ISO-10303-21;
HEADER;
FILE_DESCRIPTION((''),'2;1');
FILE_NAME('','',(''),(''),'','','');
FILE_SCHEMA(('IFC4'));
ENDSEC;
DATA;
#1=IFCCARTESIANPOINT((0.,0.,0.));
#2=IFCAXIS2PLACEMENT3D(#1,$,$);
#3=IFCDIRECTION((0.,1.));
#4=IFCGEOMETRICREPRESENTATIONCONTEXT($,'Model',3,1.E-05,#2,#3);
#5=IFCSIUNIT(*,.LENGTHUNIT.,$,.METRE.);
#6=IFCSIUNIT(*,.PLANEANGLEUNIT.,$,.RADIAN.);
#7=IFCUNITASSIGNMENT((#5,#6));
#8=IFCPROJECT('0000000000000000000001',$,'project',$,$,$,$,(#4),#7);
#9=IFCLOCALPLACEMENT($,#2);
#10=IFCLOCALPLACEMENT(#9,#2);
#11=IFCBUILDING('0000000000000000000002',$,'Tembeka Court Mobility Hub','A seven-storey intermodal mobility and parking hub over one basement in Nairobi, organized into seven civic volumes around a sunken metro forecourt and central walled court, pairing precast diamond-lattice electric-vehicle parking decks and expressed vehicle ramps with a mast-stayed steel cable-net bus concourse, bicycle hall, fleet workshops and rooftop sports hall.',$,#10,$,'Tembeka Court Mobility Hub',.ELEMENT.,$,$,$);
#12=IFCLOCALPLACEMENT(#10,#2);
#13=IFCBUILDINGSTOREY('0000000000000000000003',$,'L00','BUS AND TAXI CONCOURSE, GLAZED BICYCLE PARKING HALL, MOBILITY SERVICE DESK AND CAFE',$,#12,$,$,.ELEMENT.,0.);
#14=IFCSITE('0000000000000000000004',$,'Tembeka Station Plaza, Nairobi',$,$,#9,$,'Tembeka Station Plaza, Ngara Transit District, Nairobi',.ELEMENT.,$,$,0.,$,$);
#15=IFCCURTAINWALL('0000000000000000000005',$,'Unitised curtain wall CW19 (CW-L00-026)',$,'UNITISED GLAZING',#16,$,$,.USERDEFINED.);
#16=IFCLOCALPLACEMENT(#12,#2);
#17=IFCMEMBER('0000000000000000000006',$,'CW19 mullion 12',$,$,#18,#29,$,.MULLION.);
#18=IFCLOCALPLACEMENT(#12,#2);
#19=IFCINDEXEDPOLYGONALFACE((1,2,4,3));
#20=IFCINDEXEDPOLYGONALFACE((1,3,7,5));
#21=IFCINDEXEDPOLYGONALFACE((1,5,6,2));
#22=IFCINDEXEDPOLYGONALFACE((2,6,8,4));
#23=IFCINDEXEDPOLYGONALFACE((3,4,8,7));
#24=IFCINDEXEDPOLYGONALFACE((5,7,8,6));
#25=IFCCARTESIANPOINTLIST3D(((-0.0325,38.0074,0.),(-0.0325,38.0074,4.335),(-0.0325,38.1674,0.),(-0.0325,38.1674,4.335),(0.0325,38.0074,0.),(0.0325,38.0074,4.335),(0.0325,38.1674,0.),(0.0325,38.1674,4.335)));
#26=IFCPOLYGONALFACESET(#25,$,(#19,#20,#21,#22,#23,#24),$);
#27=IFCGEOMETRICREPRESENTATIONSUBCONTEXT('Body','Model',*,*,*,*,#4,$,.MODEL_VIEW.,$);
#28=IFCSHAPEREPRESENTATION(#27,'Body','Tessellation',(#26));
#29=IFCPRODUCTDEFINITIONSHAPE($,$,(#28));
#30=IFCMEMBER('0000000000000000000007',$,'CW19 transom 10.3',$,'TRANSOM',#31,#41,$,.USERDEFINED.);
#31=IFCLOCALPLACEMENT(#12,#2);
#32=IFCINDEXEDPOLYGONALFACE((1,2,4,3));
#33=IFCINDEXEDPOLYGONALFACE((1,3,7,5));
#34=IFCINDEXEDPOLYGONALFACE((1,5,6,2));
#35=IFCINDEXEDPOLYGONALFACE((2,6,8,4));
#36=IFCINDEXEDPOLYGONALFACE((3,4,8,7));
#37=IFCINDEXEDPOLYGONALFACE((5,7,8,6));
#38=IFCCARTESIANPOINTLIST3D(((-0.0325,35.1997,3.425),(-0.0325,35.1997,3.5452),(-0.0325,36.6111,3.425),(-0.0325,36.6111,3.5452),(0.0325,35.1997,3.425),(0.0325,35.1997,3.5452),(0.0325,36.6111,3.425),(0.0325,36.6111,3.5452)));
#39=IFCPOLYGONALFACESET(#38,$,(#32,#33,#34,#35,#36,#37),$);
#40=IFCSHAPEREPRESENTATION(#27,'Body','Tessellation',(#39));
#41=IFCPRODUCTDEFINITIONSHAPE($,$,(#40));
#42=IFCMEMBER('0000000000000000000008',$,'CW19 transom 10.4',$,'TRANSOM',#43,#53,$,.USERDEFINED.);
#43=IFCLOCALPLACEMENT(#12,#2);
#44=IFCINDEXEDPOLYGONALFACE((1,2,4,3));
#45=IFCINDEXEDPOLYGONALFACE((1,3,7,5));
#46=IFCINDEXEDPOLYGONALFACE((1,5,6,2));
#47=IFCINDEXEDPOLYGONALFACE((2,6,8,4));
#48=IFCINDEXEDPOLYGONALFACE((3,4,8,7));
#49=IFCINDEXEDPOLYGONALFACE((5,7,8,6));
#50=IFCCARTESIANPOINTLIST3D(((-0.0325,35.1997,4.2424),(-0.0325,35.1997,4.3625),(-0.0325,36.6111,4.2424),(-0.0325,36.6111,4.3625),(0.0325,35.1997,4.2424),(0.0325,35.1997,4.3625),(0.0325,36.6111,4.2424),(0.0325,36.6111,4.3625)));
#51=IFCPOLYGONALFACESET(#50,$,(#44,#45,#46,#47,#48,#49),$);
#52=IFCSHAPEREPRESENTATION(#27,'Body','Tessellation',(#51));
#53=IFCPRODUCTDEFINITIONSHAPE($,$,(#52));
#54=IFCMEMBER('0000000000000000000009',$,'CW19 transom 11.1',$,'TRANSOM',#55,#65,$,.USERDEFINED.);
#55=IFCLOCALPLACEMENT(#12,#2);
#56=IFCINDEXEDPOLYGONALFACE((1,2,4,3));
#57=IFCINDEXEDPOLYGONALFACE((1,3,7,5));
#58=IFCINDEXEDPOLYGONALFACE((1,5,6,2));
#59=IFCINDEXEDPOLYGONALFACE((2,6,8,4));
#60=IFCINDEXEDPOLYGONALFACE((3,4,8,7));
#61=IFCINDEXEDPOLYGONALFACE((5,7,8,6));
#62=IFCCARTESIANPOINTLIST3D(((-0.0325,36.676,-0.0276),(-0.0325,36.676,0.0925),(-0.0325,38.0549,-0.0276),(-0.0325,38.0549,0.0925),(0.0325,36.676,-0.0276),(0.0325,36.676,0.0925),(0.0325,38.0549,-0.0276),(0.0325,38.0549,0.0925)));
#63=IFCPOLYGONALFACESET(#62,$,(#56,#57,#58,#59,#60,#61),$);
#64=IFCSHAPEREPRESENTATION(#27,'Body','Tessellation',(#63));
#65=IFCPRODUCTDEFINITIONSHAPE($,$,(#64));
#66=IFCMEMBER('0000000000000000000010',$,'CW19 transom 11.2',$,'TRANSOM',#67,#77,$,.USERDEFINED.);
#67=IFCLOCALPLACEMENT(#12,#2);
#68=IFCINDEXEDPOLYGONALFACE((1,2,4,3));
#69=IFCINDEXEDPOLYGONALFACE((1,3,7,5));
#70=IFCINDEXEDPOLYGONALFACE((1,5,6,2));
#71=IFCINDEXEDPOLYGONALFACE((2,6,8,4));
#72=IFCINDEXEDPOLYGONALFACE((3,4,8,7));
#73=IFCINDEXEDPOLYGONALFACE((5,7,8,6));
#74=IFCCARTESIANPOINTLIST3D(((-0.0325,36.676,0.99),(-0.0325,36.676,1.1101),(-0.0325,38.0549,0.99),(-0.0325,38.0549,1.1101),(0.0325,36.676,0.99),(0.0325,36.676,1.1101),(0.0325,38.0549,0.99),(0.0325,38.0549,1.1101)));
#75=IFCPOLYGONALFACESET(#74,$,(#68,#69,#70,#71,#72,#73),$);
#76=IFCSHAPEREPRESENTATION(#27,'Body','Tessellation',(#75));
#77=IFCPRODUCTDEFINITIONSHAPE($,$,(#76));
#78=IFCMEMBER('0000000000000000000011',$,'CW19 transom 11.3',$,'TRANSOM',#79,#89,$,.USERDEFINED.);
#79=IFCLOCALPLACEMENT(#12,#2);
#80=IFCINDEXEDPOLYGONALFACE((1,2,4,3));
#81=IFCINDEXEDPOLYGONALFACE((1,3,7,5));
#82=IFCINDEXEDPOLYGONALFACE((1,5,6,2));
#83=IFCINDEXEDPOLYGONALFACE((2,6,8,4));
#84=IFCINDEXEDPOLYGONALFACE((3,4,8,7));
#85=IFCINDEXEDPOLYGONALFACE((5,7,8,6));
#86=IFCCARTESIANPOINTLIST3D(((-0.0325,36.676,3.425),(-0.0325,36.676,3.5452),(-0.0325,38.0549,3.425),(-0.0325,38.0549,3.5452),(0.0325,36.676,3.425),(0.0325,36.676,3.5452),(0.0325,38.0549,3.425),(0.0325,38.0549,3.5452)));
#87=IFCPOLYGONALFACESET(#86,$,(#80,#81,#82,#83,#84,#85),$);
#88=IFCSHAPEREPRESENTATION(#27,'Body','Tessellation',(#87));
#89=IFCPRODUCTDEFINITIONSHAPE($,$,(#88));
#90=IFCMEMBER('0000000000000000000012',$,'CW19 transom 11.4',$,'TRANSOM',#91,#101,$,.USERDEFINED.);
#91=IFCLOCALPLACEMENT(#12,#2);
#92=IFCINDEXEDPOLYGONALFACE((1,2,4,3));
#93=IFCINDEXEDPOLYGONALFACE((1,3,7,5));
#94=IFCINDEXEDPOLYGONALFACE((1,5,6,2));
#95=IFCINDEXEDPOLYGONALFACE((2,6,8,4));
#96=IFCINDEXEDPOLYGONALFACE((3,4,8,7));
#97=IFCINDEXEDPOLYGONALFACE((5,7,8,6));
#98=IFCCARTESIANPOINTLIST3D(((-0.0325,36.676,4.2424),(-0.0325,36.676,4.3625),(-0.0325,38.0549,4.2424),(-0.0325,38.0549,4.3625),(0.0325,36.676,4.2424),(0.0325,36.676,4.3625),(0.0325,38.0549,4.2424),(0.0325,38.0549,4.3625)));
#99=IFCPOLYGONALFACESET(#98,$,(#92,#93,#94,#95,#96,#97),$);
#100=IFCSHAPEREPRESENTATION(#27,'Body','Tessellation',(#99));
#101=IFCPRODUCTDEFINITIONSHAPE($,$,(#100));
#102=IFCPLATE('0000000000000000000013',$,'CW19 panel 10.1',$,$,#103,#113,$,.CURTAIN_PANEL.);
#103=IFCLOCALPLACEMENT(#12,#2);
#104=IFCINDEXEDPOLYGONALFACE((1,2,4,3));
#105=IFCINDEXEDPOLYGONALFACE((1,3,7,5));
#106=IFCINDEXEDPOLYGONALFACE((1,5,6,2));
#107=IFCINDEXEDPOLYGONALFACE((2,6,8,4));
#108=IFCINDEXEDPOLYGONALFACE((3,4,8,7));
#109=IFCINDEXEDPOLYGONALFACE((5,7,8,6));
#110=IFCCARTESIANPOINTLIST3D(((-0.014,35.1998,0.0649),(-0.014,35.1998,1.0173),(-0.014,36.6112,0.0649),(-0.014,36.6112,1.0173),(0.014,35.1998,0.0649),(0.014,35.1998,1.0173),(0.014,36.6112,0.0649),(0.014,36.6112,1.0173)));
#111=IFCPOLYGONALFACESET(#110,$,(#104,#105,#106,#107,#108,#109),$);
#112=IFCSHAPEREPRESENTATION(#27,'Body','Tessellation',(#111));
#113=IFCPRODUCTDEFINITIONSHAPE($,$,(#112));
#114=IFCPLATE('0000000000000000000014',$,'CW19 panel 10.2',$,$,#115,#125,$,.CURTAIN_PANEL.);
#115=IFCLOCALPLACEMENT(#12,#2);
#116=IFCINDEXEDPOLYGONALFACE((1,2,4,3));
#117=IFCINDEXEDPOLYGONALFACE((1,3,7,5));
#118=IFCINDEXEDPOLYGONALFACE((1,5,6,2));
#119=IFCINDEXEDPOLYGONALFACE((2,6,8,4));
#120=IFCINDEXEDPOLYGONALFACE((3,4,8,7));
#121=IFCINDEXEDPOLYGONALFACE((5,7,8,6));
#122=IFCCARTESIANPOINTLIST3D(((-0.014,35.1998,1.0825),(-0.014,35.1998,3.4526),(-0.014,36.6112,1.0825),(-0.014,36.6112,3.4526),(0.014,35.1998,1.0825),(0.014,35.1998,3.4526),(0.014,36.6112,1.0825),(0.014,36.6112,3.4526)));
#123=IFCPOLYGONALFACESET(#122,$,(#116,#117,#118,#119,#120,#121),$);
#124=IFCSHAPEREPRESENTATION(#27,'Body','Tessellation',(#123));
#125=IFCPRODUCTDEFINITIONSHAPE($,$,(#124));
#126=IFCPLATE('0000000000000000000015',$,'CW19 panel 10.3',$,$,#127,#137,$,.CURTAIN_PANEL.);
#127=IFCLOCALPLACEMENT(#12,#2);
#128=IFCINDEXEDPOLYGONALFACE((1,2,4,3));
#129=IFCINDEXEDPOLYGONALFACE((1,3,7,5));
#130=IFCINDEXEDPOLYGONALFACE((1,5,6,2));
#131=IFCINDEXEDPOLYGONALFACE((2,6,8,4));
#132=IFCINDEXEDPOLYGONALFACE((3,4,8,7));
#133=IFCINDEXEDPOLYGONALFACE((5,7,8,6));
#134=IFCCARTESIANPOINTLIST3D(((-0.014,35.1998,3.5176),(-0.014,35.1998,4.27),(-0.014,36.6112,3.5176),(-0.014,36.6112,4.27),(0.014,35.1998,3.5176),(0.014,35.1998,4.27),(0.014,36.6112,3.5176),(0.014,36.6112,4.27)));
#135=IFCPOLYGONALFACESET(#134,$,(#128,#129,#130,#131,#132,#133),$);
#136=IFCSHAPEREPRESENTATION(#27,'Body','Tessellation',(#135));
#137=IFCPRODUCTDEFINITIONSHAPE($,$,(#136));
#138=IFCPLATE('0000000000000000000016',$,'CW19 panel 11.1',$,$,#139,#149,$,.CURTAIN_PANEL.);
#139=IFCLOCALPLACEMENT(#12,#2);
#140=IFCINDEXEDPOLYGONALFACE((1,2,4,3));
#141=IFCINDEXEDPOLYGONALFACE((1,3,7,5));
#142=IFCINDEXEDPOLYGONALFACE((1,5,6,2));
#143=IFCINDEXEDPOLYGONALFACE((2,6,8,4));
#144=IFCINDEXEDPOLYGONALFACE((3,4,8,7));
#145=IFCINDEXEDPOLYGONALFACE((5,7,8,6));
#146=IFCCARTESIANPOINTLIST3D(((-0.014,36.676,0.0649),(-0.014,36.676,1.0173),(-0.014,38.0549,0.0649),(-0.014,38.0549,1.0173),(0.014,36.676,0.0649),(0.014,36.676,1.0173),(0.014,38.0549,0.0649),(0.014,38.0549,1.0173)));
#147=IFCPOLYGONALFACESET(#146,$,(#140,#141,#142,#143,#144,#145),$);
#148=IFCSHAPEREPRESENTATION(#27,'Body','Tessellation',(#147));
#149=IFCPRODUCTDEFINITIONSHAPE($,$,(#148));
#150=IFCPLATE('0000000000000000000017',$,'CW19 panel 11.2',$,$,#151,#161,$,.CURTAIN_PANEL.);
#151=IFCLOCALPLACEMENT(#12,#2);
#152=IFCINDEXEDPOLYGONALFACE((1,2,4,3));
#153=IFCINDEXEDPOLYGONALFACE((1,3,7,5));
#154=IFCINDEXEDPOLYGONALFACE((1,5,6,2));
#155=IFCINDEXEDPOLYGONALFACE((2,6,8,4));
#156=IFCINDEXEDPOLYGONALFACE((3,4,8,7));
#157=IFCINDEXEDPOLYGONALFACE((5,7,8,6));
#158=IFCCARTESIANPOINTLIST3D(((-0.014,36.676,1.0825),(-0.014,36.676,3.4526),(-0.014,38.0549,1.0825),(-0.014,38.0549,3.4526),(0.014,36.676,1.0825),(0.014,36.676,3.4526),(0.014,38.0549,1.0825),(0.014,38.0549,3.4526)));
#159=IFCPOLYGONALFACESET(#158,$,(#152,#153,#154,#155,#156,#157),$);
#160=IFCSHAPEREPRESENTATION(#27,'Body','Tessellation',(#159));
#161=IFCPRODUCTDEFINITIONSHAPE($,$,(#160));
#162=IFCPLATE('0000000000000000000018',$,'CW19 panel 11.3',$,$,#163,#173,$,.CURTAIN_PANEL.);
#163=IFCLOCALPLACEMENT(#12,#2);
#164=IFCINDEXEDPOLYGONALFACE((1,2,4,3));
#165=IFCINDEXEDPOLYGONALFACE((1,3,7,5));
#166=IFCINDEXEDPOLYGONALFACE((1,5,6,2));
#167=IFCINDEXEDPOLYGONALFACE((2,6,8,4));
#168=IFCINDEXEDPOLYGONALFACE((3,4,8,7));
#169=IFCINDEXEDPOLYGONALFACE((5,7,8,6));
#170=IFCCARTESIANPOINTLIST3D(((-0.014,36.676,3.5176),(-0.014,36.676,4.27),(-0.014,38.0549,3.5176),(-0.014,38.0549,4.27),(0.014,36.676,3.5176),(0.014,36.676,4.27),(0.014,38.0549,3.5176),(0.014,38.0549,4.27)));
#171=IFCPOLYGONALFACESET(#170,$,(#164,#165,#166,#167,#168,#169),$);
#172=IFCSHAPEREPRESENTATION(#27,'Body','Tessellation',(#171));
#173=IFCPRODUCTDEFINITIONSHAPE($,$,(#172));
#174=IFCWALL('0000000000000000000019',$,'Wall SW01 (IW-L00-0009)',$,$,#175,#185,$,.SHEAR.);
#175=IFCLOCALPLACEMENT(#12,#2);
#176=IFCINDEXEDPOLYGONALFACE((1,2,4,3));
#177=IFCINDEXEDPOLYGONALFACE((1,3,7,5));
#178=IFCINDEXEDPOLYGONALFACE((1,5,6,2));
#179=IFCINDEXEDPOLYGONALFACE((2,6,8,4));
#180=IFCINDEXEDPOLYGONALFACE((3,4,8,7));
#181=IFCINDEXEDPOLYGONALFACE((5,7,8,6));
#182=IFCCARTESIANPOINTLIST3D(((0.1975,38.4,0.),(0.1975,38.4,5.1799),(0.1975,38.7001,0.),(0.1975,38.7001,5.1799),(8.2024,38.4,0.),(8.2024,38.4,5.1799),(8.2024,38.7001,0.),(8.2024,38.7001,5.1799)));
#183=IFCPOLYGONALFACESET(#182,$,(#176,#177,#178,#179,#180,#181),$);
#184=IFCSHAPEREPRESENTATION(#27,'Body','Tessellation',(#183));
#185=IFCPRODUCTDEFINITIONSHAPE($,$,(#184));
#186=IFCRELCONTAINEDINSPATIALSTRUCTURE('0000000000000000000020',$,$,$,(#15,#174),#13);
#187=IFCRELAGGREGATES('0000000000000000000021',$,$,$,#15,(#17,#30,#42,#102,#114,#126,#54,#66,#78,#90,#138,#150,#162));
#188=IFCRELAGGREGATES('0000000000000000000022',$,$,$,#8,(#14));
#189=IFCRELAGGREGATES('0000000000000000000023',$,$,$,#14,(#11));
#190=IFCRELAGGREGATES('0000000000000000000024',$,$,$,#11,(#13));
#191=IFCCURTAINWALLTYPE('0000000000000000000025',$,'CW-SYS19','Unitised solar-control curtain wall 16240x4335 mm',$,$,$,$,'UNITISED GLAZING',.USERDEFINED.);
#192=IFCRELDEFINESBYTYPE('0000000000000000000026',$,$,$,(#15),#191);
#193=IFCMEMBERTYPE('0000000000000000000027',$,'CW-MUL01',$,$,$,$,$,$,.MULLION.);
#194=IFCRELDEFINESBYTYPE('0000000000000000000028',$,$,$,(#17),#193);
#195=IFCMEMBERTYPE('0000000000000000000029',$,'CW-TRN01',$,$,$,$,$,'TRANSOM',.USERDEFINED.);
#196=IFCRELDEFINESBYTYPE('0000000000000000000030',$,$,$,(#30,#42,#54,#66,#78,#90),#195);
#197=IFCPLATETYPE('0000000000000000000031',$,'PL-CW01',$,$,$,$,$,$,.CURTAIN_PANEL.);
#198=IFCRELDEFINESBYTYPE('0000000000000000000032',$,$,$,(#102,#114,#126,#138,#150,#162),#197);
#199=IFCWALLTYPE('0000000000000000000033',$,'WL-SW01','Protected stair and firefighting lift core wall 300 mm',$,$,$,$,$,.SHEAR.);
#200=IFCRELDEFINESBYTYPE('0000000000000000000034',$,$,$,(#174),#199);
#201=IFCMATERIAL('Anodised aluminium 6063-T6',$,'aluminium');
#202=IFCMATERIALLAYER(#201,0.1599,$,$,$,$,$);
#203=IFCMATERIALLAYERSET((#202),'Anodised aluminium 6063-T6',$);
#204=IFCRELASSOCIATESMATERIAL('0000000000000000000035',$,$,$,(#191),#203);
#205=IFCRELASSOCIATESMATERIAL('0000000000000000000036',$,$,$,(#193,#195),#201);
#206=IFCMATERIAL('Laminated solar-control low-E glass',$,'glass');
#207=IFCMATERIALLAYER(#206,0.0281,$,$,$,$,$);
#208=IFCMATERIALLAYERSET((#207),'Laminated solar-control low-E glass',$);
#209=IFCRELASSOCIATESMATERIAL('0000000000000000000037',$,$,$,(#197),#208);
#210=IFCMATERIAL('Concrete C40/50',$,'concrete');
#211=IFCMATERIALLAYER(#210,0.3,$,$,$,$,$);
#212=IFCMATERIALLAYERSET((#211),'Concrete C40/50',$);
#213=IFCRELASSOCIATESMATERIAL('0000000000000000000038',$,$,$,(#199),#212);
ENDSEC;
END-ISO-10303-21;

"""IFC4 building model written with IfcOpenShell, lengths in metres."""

from ifc_helpers import new_model, si_unit, direction, frame, frame_2d, origin, origin_2d, place, context, subcontext, project, spatial, rectangle, extrude, material, layer, layer_set, material_profile, profile_set, type_object, element, aggregate, save


model = new_model("IFC4")

# Units and contexts
model_context = context("Model", 3, precision=1e-05, world=origin(), true_north=direction((0.0, 1.0)))
body_context = subcontext(model_context, "Body", "Model", "MODEL_VIEW")
ifc_project = project(units=[si_unit("LENGTHUNIT", "METRE"), si_unit("PLANEANGLEUNIT", "RADIAN")], contexts=[model_context])

# Site, building, storey
site_placement = place(None, origin())
site = spatial("IfcSite", under=ifc_project, at=site_placement, Name="Tembeka Station Plaza, Nairobi", LongName="Tembeka Station Plaza, Ngara Transit District, Nairobi", CompositionType="ELEMENT", RefElevation=0.0)
building_placement = place(site_placement, origin())
building = spatial("IfcBuilding", under=site, at=building_placement, Name="Tembeka Court Mobility Hub", Description="A seven-storey intermodal mobility and parking hub over one basement in Nairobi, organized into seven civic volumes around a sunken metro forecourt and central walled court, pairing precast diamond-lattice electric-vehicle parking decks and expressed vehicle ramps with a mast-stayed steel cable-net bus concourse, bicycle hall, fleet workshops and rooftop sports hall.", LongName="Tembeka Court Mobility Hub", CompositionType="ELEMENT")
storey_placement = place(building_placement, origin())
storey = spatial("IfcBuildingStorey", under=building, at=storey_placement, Name="L00", Description="BUS AND TAXI CONCOURSE, GLAZED BICYCLE PARKING HALL, MOBILITY SERVICE DESK AND CAFE", CompositionType="ELEMENT", Elevation=0.0)

# Curtain wall, members, plates
ifc_material_1 = material(Name="Anodised aluminium 6063-T6", Category="aluminium")
ifc_layer_1 = layer(ifc_material_1, 0.1599)
ifc_layer_set_1 = layer_set([ifc_layer_1], Name="Anodised aluminium 6063-T6")
curtain_wall_type = type_object("IfcCurtainWallType", Name="CW-SYS19", Description="Unitised solar-control curtain wall 16240x4335 mm", ElementType="UNITISED GLAZING", PredefinedType="USERDEFINED", material=ifc_layer_set_1)
curtain_wall_placement = place(storey_placement, origin())
curtain_wall = element("IfcCurtainWall", 1, at=curtain_wall_placement, inside=storey, type_object=curtain_wall_type, Name="Unitised curtain wall CW19 (CW-L00-026)", ObjectType="UNITISED GLAZING", PredefinedType="USERDEFINED")
ifc_material_profile_1 = material_profile(ifc_material_1, rectangle(XDim=0.0649, YDim=0.1599, at=origin_2d()), Name="ALU-MUL 65x160")
ifc_profile_set_1 = profile_set([ifc_material_profile_1], Name="Anodised aluminium 6063-T6")
member_type_1 = type_object("IfcMemberType", Name="CW-MUL01", PredefinedType="MULLION", material=ifc_profile_set_1)
member_1_placement = place(storey_placement, frame((0.0, 38.0874, 0.0), z_axis=(0.0, 0.0, 1.0), x_axis=(-1.0, 0.0, 0.0)))
member_1 = element("IfcMember", 2, at=member_1_placement, type_object=member_type_1, Name="CW19 mullion 12", PredefinedType="MULLION", context=body_context, shape_type="SweptSolid", body=[
    extrude(rectangle(XDim=0.0649, YDim=0.1599, at=origin_2d()), origin(), (0.0, 0.0, 1.0), 4.335),
])
ifc_material_profile_2 = material_profile(ifc_material_1, rectangle(XDim=0.0649, YDim=0.1201, at=origin_2d()), Name="ALU-TRN 65x120")
ifc_profile_set_2 = profile_set([ifc_material_profile_2], Name="Anodised aluminium 6063-T6")
member_type_2 = type_object("IfcMemberType", Name="CW-TRN01", ElementType="TRANSOM", PredefinedType="USERDEFINED", material=ifc_profile_set_2)
member_2_placement = place(storey_placement, frame((0.0, 35.1997, 3.4851), z_axis=(0.0, 1.0, 0.0), x_axis=(-1.0, 0.0, 0.0)))
member_2 = element("IfcMember", 3, at=member_2_placement, type_object=member_type_2, Name="CW19 transom 10.3", ObjectType="TRANSOM", PredefinedType="USERDEFINED", context=body_context, shape_type="SweptSolid", body=[
    extrude(rectangle(XDim=0.0649, YDim=0.1201, at=origin_2d()), origin(), (0.0, 0.0, 1.0), 1.4114),
])
member_3_placement = place(storey_placement, frame((0.0, 35.1997, 4.3025), z_axis=(0.0, 1.0, 0.0), x_axis=(-1.0, 0.0, 0.0)))
member_3 = element("IfcMember", 4, at=member_3_placement, type_object=member_type_2, Name="CW19 transom 10.4", ObjectType="TRANSOM", PredefinedType="USERDEFINED", context=body_context, shape_type="SweptSolid", body=[
    extrude(rectangle(XDim=0.0649, YDim=0.1201, at=origin_2d()), origin(), (0.0, 0.0, 1.0), 1.4114),
])
member_4_placement = place(storey_placement, frame((0.0, 36.676, 0.0325), z_axis=(0.0, 1.0, 0.0), x_axis=(-1.0, 0.0, 0.0)))
member_4 = element("IfcMember", 5, at=member_4_placement, type_object=member_type_2, Name="CW19 transom 11.1", ObjectType="TRANSOM", PredefinedType="USERDEFINED", context=body_context, shape_type="SweptSolid", body=[
    extrude(rectangle(XDim=0.0649, YDim=0.1201, at=origin_2d()), origin(), (0.0, 0.0, 1.0), 1.3789),
])
member_5_placement = place(storey_placement, frame((0.0, 36.676, 1.05), z_axis=(0.0, 1.0, 0.0), x_axis=(-1.0, 0.0, 0.0)))
member_5 = element("IfcMember", 6, at=member_5_placement, type_object=member_type_2, Name="CW19 transom 11.2", ObjectType="TRANSOM", PredefinedType="USERDEFINED", context=body_context, shape_type="SweptSolid", body=[
    extrude(rectangle(XDim=0.0649, YDim=0.1201, at=origin_2d()), origin(), (0.0, 0.0, 1.0), 1.3789),
])
member_6_placement = place(storey_placement, frame((0.0, 36.676, 3.4851), z_axis=(0.0, 1.0, 0.0), x_axis=(-1.0, 0.0, 0.0)))
member_6 = element("IfcMember", 7, at=member_6_placement, type_object=member_type_2, Name="CW19 transom 11.3", ObjectType="TRANSOM", PredefinedType="USERDEFINED", context=body_context, shape_type="SweptSolid", body=[
    extrude(rectangle(XDim=0.0649, YDim=0.1201, at=origin_2d()), origin(), (0.0, 0.0, 1.0), 1.3789),
])
member_7_placement = place(storey_placement, frame((0.0, 36.676, 4.3025), z_axis=(0.0, 1.0, 0.0), x_axis=(-1.0, 0.0, 0.0)))
member_7 = element("IfcMember", 8, at=member_7_placement, type_object=member_type_2, Name="CW19 transom 11.4", ObjectType="TRANSOM", PredefinedType="USERDEFINED", context=body_context, shape_type="SweptSolid", body=[
    extrude(rectangle(XDim=0.0649, YDim=0.1201, at=origin_2d()), origin(), (0.0, 0.0, 1.0), 1.3789),
])
ifc_material_2 = material(Name="Laminated solar-control low-E glass", Category="glass")
ifc_layer_2 = layer(ifc_material_2, 0.0281)
ifc_layer_set_2 = layer_set([ifc_layer_2], Name="Laminated solar-control low-E glass")
plate_type = type_object("IfcPlateType", Name="PL-CW01", PredefinedType="CURTAIN_PANEL", material=ifc_layer_set_2)
plate_1_placement = place(storey_placement, frame((0.0, 35.9055, 0.0649), z_axis=(0.0, 0.0, 1.0), x_axis=(0.0, 1.0, 0.0)))
plate_1 = element("IfcPlate", 9, at=plate_1_placement, type_object=plate_type, Name="CW19 panel 10.1", PredefinedType="CURTAIN_PANEL", context=body_context, shape_type="SweptSolid", body=[
    extrude(rectangle(XDim=1.4114, YDim=0.0281, at=origin_2d()), origin(), (0.0, 0.0, 1.0), 0.9524),
])
plate_2_placement = place(storey_placement, frame((0.0, 35.9055, 1.0825), z_axis=(0.0, 0.0, 1.0), x_axis=(0.0, 1.0, 0.0)))
plate_2 = element("IfcPlate", 10, at=plate_2_placement, type_object=plate_type, Name="CW19 panel 10.2", PredefinedType="CURTAIN_PANEL", context=body_context, shape_type="SweptSolid", body=[
    extrude(rectangle(XDim=1.4114, YDim=0.0281, at=origin_2d()), origin(), (0.0, 0.0, 1.0), 2.3701),
])
plate_3_placement = place(storey_placement, frame((0.0, 35.9055, 3.5176), z_axis=(0.0, 0.0, 1.0), x_axis=(0.0, 1.0, 0.0)))
plate_3 = element("IfcPlate", 11, at=plate_3_placement, type_object=plate_type, Name="CW19 panel 10.3", PredefinedType="CURTAIN_PANEL", context=body_context, shape_type="SweptSolid", body=[
    extrude(rectangle(XDim=1.4114, YDim=0.0281, at=origin_2d()), origin(), (0.0, 0.0, 1.0), 0.7524),
])
plate_4_placement = place(storey_placement, frame((0.0, 37.3655, 0.0649), z_axis=(0.0, 0.0, 1.0), x_axis=(0.0, 1.0, 0.0)))
plate_4 = element("IfcPlate", 12, at=plate_4_placement, type_object=plate_type, Name="CW19 panel 11.1", PredefinedType="CURTAIN_PANEL", context=body_context, shape_type="SweptSolid", body=[
    extrude(rectangle(XDim=1.3789, YDim=0.0281, at=origin_2d()), origin(), (0.0, 0.0, 1.0), 0.9524),
])
plate_5_placement = place(storey_placement, frame((0.0, 37.3655, 1.0825), z_axis=(0.0, 0.0, 1.0), x_axis=(0.0, 1.0, 0.0)))
plate_5 = element("IfcPlate", 13, at=plate_5_placement, type_object=plate_type, Name="CW19 panel 11.2", PredefinedType="CURTAIN_PANEL", context=body_context, shape_type="SweptSolid", body=[
    extrude(rectangle(XDim=1.3789, YDim=0.0281, at=origin_2d()), origin(), (0.0, 0.0, 1.0), 2.3701),
])
plate_6_placement = place(storey_placement, frame((0.0, 37.3655, 3.5176), z_axis=(0.0, 0.0, 1.0), x_axis=(0.0, 1.0, 0.0)))
plate_6 = element("IfcPlate", 14, at=plate_6_placement, type_object=plate_type, Name="CW19 panel 11.3", PredefinedType="CURTAIN_PANEL", context=body_context, shape_type="SweptSolid", body=[
    extrude(rectangle(XDim=1.3789, YDim=0.0281, at=origin_2d()), origin(), (0.0, 0.0, 1.0), 0.7524),
])
aggregate(curtain_wall, [member_1, member_2, member_3, plate_1, plate_2, plate_3, member_4, member_5, member_6, member_7, plate_4, plate_5, plate_6])

# Wall
ifc_material_3 = material(Name="Concrete C40/50", Category="concrete")
ifc_layer_3 = layer(ifc_material_3, 0.3)
ifc_layer_set_3 = layer_set([ifc_layer_3], Name="Concrete C40/50")
wall_type_1 = type_object("IfcWallType", Name="WL-SW01", Description="Protected stair and firefighting lift core wall 300 mm", PredefinedType="SHEAR", material=ifc_layer_set_3)
wall_1_placement = place(storey_placement, frame((0.1975, 38.55, 0.0), z_axis=(0.0, 0.0, 1.0), x_axis=(1.0, 0.0, 0.0)))
element("IfcWall", 15, at=wall_1_placement, inside=storey, type_object=wall_type_1, Name="Wall SW01 (IW-L00-0009)", PredefinedType="SHEAR", context=body_context, shape_type="SweptSolid", body=[
    extrude(rectangle(XDim=8.0049, YDim=0.3, at=frame_2d((4.0024, 0.0))), origin(), (0.0, 0.0, 1.0), 5.1799),
])

save(model, "model.ifc")
